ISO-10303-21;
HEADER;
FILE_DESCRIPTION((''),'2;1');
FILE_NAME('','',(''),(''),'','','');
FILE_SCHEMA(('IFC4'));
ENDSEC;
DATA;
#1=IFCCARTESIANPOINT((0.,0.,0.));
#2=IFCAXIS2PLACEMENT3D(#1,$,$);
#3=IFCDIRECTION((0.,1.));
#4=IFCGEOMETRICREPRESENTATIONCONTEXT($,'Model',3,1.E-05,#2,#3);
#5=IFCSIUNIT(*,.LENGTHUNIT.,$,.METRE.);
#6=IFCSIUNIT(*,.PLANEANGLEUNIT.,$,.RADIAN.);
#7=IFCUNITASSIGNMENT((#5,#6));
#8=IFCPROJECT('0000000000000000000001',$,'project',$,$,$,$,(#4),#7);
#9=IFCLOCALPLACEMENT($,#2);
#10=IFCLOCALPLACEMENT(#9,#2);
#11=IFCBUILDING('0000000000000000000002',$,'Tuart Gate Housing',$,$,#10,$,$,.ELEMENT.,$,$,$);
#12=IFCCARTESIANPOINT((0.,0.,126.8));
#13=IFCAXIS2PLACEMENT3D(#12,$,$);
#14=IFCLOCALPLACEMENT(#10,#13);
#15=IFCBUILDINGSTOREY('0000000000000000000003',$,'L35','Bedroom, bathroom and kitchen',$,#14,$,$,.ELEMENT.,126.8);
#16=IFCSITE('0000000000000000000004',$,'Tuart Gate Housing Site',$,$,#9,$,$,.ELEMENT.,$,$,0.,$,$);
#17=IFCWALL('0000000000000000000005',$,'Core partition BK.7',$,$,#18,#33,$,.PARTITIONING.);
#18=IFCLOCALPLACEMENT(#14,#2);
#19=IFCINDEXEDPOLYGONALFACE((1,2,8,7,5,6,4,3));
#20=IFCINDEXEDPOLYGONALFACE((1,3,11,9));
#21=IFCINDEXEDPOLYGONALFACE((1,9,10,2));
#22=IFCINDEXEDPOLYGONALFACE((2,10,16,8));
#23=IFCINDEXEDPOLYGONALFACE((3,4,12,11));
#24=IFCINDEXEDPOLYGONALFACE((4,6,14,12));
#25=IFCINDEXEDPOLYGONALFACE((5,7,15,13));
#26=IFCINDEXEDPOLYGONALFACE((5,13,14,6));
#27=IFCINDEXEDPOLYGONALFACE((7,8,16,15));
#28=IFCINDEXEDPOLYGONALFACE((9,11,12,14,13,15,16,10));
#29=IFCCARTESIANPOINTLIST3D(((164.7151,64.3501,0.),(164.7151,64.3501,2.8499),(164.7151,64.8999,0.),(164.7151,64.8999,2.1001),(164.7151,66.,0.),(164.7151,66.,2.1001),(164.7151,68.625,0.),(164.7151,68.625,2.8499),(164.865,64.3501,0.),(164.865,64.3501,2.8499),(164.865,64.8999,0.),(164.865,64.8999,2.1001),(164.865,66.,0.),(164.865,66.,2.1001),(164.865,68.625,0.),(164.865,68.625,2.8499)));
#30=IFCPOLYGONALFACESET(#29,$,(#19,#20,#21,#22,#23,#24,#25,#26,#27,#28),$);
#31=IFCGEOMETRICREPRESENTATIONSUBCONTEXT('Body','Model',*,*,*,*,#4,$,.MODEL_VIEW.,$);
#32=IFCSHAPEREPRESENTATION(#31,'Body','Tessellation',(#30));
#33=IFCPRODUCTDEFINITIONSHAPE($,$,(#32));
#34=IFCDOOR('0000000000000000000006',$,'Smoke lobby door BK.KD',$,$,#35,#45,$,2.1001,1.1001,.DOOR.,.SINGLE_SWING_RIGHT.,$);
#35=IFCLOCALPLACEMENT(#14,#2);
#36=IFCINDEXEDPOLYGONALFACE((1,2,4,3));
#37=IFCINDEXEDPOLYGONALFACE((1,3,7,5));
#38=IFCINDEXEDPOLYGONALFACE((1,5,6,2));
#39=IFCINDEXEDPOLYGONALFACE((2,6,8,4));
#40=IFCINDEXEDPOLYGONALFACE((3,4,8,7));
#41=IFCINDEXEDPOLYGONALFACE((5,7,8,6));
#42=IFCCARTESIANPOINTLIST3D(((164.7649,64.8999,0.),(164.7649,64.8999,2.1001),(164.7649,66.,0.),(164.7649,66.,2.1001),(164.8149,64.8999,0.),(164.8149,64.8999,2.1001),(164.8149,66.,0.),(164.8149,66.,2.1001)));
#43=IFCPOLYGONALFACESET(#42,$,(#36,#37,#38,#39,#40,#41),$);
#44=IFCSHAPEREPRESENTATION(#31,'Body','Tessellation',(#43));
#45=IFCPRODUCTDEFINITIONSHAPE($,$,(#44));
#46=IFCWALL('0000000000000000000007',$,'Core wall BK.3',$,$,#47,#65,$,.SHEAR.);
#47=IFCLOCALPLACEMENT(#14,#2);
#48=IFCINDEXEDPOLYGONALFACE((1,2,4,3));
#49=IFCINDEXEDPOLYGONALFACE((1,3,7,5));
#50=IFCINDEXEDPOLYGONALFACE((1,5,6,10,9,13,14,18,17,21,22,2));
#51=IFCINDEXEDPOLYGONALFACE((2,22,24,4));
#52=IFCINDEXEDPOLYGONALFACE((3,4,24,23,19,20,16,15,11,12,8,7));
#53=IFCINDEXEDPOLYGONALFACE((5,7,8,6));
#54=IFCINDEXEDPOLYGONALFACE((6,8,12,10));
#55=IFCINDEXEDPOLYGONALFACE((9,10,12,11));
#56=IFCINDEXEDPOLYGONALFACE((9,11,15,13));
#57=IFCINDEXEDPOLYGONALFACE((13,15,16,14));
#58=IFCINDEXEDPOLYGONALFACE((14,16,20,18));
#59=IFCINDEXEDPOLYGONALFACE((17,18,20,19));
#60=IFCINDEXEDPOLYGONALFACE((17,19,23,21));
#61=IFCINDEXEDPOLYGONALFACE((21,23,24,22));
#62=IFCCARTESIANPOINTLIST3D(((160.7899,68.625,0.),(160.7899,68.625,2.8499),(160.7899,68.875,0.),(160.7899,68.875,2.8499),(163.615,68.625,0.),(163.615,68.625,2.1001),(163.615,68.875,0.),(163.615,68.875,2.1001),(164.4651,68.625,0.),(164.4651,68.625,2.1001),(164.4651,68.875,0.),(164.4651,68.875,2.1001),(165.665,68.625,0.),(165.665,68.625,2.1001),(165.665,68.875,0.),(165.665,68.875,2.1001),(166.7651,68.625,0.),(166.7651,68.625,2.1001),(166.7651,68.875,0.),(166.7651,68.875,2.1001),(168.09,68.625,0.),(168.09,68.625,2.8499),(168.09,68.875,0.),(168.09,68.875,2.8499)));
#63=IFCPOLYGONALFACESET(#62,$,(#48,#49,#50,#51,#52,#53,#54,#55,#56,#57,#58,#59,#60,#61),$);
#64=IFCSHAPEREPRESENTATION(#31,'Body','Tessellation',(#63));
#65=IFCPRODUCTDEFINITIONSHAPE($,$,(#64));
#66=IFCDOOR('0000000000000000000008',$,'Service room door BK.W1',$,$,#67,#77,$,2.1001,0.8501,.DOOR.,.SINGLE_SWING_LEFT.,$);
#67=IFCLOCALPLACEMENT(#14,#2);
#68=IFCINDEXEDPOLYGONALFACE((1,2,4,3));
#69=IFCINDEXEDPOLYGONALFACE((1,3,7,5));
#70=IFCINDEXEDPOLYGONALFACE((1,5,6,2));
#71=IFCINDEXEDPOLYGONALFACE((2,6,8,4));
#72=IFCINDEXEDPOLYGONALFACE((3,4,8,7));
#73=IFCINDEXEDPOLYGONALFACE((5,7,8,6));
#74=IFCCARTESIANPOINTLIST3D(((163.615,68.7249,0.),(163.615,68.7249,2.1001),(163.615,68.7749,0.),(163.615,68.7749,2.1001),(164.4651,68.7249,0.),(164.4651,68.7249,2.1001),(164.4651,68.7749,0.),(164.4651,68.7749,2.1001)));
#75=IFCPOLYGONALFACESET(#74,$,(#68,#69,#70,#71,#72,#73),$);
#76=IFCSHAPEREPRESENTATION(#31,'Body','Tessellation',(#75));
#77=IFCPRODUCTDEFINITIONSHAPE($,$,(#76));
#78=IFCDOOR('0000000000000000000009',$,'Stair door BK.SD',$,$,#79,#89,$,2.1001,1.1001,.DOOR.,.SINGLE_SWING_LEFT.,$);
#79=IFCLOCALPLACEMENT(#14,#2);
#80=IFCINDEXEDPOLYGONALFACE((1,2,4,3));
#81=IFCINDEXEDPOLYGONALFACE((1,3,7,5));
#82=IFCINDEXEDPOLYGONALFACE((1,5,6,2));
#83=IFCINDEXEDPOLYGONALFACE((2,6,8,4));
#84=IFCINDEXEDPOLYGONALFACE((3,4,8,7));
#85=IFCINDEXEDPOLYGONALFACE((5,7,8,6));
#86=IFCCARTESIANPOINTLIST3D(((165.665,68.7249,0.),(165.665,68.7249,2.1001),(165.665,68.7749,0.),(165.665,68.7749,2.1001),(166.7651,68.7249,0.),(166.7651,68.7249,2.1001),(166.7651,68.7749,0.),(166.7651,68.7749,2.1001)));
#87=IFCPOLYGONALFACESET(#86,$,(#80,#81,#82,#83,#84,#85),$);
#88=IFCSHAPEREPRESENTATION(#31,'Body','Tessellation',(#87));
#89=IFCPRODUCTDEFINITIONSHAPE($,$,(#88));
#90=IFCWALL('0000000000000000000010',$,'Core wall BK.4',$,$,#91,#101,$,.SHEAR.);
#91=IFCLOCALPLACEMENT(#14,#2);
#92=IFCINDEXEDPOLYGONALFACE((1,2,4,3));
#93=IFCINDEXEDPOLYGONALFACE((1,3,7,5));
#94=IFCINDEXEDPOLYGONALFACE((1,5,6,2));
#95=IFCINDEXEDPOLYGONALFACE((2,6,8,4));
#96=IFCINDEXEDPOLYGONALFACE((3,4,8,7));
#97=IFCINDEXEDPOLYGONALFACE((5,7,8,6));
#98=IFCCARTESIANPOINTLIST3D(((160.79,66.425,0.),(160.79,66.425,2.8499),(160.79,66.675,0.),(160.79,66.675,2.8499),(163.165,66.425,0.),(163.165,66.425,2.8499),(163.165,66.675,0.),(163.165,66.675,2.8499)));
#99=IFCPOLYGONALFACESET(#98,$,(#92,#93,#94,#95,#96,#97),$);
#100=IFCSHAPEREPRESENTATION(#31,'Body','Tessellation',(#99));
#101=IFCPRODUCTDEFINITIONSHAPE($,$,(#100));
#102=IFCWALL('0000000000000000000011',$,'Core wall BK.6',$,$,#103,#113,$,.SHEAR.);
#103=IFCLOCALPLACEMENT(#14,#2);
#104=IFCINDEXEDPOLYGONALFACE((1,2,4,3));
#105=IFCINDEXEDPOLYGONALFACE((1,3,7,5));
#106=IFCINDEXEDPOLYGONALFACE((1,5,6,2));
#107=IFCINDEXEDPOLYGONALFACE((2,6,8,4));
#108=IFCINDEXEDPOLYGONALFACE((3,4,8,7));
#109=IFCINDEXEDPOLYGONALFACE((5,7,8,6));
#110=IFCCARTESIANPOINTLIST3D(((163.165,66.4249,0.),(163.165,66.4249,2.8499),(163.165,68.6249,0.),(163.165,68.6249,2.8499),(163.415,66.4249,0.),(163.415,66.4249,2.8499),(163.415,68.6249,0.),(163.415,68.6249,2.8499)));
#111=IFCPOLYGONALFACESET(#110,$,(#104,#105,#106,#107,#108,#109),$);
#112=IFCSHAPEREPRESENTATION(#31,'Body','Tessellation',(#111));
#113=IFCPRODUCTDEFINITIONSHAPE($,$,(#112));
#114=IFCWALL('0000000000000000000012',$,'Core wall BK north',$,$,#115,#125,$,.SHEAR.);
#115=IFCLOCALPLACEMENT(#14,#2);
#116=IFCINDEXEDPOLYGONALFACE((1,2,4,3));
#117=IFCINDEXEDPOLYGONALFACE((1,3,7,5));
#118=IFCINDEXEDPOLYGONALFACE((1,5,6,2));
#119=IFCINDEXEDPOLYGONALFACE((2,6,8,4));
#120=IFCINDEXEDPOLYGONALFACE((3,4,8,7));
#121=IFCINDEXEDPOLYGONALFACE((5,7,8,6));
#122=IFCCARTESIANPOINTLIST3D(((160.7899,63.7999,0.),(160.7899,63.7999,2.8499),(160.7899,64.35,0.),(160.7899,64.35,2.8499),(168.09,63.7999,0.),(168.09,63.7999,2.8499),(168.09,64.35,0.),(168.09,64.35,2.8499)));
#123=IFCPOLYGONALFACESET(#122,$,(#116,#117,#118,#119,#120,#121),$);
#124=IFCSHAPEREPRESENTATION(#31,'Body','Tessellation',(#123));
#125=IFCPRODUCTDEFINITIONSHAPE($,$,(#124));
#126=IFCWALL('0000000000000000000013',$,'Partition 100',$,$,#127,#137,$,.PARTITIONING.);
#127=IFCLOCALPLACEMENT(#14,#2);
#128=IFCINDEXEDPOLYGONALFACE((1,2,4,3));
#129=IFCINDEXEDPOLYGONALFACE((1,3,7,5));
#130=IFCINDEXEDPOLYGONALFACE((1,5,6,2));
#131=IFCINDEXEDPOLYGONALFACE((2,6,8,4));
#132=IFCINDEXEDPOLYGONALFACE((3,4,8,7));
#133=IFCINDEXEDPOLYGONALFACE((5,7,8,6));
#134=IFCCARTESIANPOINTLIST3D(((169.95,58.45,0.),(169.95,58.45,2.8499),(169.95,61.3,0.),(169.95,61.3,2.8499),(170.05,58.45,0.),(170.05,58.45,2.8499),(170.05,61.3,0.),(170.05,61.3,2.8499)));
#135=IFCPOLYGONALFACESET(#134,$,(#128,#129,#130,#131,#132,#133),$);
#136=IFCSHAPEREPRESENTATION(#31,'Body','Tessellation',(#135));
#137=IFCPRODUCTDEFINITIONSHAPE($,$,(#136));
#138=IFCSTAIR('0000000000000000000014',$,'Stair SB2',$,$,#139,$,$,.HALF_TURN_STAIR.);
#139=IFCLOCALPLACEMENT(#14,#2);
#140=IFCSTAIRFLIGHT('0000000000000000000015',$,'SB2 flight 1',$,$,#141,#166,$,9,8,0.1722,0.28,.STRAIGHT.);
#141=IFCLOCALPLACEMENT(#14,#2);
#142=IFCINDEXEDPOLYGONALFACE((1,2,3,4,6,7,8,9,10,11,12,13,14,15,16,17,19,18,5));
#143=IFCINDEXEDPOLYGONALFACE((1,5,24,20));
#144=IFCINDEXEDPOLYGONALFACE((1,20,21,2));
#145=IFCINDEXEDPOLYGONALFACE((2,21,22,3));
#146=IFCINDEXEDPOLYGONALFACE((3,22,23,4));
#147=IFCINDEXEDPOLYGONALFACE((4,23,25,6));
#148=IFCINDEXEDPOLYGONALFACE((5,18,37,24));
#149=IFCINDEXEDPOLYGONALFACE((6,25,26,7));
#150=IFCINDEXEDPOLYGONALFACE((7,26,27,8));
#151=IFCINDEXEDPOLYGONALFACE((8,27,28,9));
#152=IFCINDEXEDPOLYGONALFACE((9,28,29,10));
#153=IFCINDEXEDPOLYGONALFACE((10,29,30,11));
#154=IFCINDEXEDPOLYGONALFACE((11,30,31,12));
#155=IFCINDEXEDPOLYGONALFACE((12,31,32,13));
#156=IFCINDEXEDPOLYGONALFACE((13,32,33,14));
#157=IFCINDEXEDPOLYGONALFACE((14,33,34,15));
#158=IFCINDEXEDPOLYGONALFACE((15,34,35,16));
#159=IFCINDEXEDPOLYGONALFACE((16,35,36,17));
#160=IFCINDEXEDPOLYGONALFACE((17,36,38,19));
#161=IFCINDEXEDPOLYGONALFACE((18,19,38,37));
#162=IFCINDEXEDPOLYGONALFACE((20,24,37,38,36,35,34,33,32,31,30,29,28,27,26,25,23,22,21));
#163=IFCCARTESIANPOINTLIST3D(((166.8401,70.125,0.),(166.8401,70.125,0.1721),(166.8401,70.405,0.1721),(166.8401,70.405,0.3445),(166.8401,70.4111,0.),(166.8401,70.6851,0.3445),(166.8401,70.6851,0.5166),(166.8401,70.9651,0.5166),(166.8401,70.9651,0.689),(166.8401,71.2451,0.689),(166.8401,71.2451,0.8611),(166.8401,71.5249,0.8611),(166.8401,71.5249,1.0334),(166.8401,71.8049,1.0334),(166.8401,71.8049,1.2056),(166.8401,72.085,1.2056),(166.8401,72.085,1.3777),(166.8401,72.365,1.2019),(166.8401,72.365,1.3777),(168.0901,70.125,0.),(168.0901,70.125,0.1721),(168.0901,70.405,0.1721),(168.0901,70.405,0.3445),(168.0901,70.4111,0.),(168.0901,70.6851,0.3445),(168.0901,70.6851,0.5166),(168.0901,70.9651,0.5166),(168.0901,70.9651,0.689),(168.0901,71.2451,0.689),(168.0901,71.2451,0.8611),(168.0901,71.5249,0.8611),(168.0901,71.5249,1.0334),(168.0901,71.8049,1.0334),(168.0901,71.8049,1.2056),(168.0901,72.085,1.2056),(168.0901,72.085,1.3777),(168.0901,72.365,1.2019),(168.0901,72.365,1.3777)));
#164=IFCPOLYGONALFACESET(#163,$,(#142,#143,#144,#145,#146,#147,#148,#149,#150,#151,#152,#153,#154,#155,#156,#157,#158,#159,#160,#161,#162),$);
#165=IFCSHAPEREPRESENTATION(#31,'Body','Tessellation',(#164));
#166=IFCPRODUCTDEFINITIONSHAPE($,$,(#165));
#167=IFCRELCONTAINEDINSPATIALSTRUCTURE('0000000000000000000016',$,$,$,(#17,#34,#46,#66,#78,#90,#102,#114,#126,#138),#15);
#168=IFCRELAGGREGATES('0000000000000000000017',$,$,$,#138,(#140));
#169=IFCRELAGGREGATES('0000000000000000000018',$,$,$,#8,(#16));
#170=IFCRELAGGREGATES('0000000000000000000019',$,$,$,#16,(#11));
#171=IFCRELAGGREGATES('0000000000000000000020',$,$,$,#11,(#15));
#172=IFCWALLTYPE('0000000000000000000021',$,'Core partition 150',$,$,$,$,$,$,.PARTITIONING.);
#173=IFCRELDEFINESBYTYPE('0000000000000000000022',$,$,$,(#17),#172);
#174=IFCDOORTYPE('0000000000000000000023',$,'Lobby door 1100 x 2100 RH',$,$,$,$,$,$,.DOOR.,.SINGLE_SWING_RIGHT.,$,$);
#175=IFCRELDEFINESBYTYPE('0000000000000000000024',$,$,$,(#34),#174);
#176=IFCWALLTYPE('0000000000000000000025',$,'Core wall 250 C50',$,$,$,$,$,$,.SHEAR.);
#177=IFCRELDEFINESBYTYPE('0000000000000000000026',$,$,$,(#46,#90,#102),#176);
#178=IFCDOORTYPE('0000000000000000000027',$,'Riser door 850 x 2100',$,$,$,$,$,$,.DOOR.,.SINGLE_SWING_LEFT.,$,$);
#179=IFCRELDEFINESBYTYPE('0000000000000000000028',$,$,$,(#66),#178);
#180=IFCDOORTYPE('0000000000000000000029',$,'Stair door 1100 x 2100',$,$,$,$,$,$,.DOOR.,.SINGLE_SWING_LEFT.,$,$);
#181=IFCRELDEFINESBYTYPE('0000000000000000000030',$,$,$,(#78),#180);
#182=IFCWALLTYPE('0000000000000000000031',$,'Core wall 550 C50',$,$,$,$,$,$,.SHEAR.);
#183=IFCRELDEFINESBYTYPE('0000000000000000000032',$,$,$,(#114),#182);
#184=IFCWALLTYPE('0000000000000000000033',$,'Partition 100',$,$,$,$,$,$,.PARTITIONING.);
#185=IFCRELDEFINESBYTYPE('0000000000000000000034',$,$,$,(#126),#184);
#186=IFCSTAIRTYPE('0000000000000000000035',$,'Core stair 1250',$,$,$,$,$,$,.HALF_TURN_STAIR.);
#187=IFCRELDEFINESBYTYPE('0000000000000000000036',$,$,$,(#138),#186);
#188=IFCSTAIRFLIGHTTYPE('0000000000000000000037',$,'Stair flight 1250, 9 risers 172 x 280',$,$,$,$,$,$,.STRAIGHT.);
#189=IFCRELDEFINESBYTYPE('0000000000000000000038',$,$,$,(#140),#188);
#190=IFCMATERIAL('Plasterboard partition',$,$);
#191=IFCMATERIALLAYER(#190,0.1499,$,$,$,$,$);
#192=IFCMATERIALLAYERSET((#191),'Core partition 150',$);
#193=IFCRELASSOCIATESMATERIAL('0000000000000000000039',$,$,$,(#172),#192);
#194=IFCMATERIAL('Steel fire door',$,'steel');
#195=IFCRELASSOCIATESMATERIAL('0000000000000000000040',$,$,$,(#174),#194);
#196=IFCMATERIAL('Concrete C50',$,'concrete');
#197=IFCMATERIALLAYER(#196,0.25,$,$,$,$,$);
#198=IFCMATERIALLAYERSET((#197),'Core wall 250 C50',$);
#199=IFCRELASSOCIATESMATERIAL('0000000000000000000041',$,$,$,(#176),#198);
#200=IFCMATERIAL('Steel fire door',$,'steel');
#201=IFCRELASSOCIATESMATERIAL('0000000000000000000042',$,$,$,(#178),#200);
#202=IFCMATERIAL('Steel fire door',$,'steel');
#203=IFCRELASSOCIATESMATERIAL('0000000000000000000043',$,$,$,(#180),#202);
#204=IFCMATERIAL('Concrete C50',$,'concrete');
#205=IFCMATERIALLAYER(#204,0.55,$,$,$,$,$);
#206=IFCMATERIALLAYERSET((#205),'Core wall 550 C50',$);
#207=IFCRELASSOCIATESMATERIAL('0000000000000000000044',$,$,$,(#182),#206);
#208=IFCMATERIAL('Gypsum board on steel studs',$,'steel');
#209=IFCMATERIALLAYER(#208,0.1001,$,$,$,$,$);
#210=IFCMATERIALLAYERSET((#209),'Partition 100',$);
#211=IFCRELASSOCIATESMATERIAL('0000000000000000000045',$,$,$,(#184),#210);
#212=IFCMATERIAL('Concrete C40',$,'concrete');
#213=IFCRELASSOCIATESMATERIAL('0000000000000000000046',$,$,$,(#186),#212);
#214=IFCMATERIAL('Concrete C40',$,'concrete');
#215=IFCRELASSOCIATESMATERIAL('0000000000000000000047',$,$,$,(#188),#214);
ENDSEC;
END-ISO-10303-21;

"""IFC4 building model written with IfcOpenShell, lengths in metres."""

from ifc_helpers import new_model, si_unit, direction, frame, frame_2d, origin, place, context, subcontext, project, spatial, polyline, rectangle, outline, extrude, material, layer, layer_set, type_object, element, fill, aggregate, save


model = new_model("IFC4")

# Units and contexts
model_context = context("Model", 3, precision=1e-05, world=origin(), true_north=direction((0.0, 1.0)))
body_context = subcontext(model_context, "Body", "Model", "MODEL_VIEW")
ifc_project = project(units=[si_unit("LENGTHUNIT", "METRE"), si_unit("PLANEANGLEUNIT", "RADIAN")], contexts=[model_context])

# Site, building, storey
site_placement = place(None, origin())
site = spatial("IfcSite", under=ifc_project, at=site_placement, Name="Tuart Gate Housing Site", CompositionType="ELEMENT", RefElevation=0.0)
building_placement = place(site_placement, origin())
building = spatial("IfcBuilding", under=site, at=building_placement, Name="Tuart Gate Housing", CompositionType="ELEMENT")
storey_placement = place(building_placement, frame((0.0, 0.0, 126.8)))
storey = spatial("IfcBuildingStorey", under=building, at=storey_placement, Name="L35", Description="Bedroom, bathroom and kitchen", CompositionType="ELEMENT", Elevation=126.8)

# Wall, opening, door
ifc_material_1 = material(Name="Plasterboard partition")
ifc_layer_1 = layer(ifc_material_1, 0.1499)
ifc_layer_set_1 = layer_set([ifc_layer_1], Name="Core partition 150")
wall_type_1 = type_object("IfcWallType", Name="Core partition 150", PredefinedType="PARTITIONING", material=ifc_layer_set_1)
wall_1_placement = place(storey_placement, frame((164.79, 68.625, 0.0), z_axis=(0.0, 0.0, 1.0), x_axis=(0.0, -1.0, 0.0)))
wall_1 = element("IfcWall", 1, at=wall_1_placement, inside=storey, type_object=wall_type_1, Name="Core partition BK.7", PredefinedType="PARTITIONING", context=body_context, shape_type="SweptSolid", body=[
    extrude(rectangle(XDim=4.2749, YDim=0.1499, at=frame_2d((2.1375, 0.0))), origin(), (0.0, 0.0, 1.0), 2.8499),
])
opening_1_placement = place(wall_1_placement, frame((2.625, 0.0, 0.0)))
opening_1 = element("IfcOpeningElement", 2, at=opening_1_placement, cuts=wall_1, PredefinedType="OPENING", context=body_context, shape_type="SweptSolid", body=[
    extrude(rectangle(XDim=1.1001, YDim=2.1001, at=frame_2d((0.55, 1.05))), frame((0.0, 0.085, 0.0), z_axis=(0.0, -1.0, 0.0), x_axis=(1.0, 0.0, 0.0)), (0.0, 0.0, 1.0), 0.1699),
])
ifc_material_2 = material(Name="Steel fire door", Category="steel")
door_type_1 = type_object("IfcDoorType", Name="Lobby door 1100 x 2100 RH", OperationType="SINGLE_SWING_RIGHT", PredefinedType="DOOR", material=ifc_material_2)
door_1_placement = place(opening_1_placement, origin())
door_1 = element("IfcDoor", 3, at=door_1_placement, inside=storey, type_object=door_type_1, Name="Smoke lobby door BK.KD", OperationType="SINGLE_SWING_RIGHT", OverallHeight=2.1001, OverallWidth=1.1001, PredefinedType="DOOR", context=body_context, shape_type="SweptSolid", body=[
    extrude(rectangle(XDim=1.1001, YDim=2.1001, at=frame_2d((0.55, 1.05))), frame((0.0, 0.0249, 0.0), z_axis=(0.0, -1.0, 0.0), x_axis=(1.0, 0.0, 0.0)), (0.0, 0.0, 1.0), 0.05),
])
fill(opening_1, door_1)

# Wall, openings, doors
ifc_material_3 = material(Name="Concrete C50", Category="concrete")
ifc_layer_2 = layer(ifc_material_3, 0.25)
ifc_layer_set_2 = layer_set([ifc_layer_2], Name="Core wall 250 C50")
wall_type_2 = type_object("IfcWallType", Name="Core wall 250 C50", PredefinedType="SHEAR", material=ifc_layer_set_2)
wall_2_placement = place(storey_placement, frame((160.79, 68.75, 0.0), z_axis=(0.0, 0.0, 1.0), x_axis=(1.0, 0.0, 0.0)))
wall_2 = element("IfcWall", 4, at=wall_2_placement, inside=storey, type_object=wall_type_2, Name="Core wall BK.3", PredefinedType="SHEAR", context=body_context, shape_type="SweptSolid", body=[
    extrude(rectangle(XDim=7.3, YDim=0.25, at=frame_2d((3.6499, 0.0))), origin(), (0.0, 0.0, 1.0), 2.8499),
])
opening_2_placement = place(wall_2_placement, frame((4.875, 0.0, 0.0)))
opening_2 = element("IfcOpeningElement", 5, at=opening_2_placement, cuts=wall_2, PredefinedType="OPENING", context=body_context, shape_type="SweptSolid", body=[
    extrude(rectangle(XDim=1.1001, YDim=2.1001, at=frame_2d((0.55, 1.05))), frame((0.0, 0.135, 0.0), z_axis=(0.0, -1.0, 0.0), x_axis=(1.0, 0.0, 0.0)), (0.0, 0.0, 1.0), 0.27),
])
opening_3_placement = place(wall_2_placement, frame((2.825, 0.0, 0.0)))
opening_3 = element("IfcOpeningElement", 6, at=opening_3_placement, cuts=wall_2, PredefinedType="OPENING", context=body_context, shape_type="SweptSolid", body=[
    extrude(rectangle(XDim=0.8501, YDim=2.1001, at=frame_2d((0.425, 1.05))), frame((0.0, 0.135, 0.0), z_axis=(0.0, -1.0, 0.0), x_axis=(1.0, 0.0, 0.0)), (0.0, 0.0, 1.0), 0.27),
])
ifc_material_4 = material(Name="Steel fire door", Category="steel")
door_type_2 = type_object("IfcDoorType", Name="Riser door 850 x 2100", OperationType="SINGLE_SWING_LEFT", PredefinedType="DOOR", material=ifc_material_4)
door_2_placement = place(opening_3_placement, origin())
door_2 = element("IfcDoor", 7, at=door_2_placement, inside=storey, type_object=door_type_2, Name="Service room door BK.W1", OperationType="SINGLE_SWING_LEFT", OverallHeight=2.1001, OverallWidth=0.8501, PredefinedType="DOOR", context=body_context, shape_type="SweptSolid", body=[
    extrude(rectangle(XDim=0.8501, YDim=2.1001, at=frame_2d((0.425, 1.05))), frame((0.0, 0.0249, 0.0), z_axis=(0.0, -1.0, 0.0), x_axis=(1.0, 0.0, 0.0)), (0.0, 0.0, 1.0), 0.05),
])
fill(opening_3, door_2)
ifc_material_5 = material(Name="Steel fire door", Category="steel")
door_type_3 = type_object("IfcDoorType", Name="Stair door 1100 x 2100", OperationType="SINGLE_SWING_LEFT", PredefinedType="DOOR", material=ifc_material_5)
door_3_placement = place(opening_2_placement, origin())
door_3 = element("IfcDoor", 8, at=door_3_placement, inside=storey, type_object=door_type_3, Name="Stair door BK.SD", OperationType="SINGLE_SWING_LEFT", OverallHeight=2.1001, OverallWidth=1.1001, PredefinedType="DOOR", context=body_context, shape_type="SweptSolid", body=[
    extrude(rectangle(XDim=1.1001, YDim=2.1001, at=frame_2d((0.55, 1.05))), frame((0.0, 0.0249, 0.0), z_axis=(0.0, -1.0, 0.0), x_axis=(1.0, 0.0, 0.0)), (0.0, 0.0, 1.0), 0.05),
])
fill(opening_2, door_3)

# Walls
wall_3_placement = place(storey_placement, frame((160.79, 66.55, 0.0), z_axis=(0.0, 0.0, 1.0), x_axis=(1.0, 0.0, 0.0)))
element("IfcWall", 9, at=wall_3_placement, inside=storey, type_object=wall_type_2, Name="Core wall BK.4", PredefinedType="SHEAR", context=body_context, shape_type="SweptSolid", body=[
    extrude(rectangle(XDim=2.375, YDim=0.25, at=frame_2d((1.1875, 0.0))), origin(), (0.0, 0.0, 1.0), 2.8499),
])
wall_4_placement = place(storey_placement, frame((163.29, 68.625, 0.0), z_axis=(0.0, 0.0, 1.0), x_axis=(0.0, -1.0, 0.0)))
element("IfcWall", 10, at=wall_4_placement, inside=storey, type_object=wall_type_2, Name="Core wall BK.6", PredefinedType="SHEAR", context=body_context, shape_type="SweptSolid", body=[
    extrude(rectangle(XDim=2.2, YDim=0.25, at=frame_2d((1.1001, 0.0))), origin(), (0.0, 0.0, 1.0), 2.8499),
])
ifc_material_6 = material(Name="Concrete C50", Category="concrete")
ifc_layer_3 = layer(ifc_material_6, 0.55)
ifc_layer_set_3 = layer_set([ifc_layer_3], Name="Core wall 550 C50")
wall_type_3 = type_object("IfcWallType", Name="Core wall 550 C50", PredefinedType="SHEAR", material=ifc_layer_set_3)
wall_5_placement = place(storey_placement, frame((160.79, 64.075, 0.0), z_axis=(0.0, 0.0, 1.0), x_axis=(1.0, 0.0, 0.0)))
element("IfcWall", 11, at=wall_5_placement, inside=storey, type_object=wall_type_3, Name="Core wall BK north", PredefinedType="SHEAR", context=body_context, shape_type="SweptSolid", body=[
    extrude(rectangle(XDim=7.3, YDim=0.55, at=frame_2d((3.6499, 0.0))), origin(), (0.0, 0.0, 1.0), 2.8499),
])
ifc_material_7 = material(Name="Gypsum board on steel studs", Category="steel")
ifc_layer_4 = layer(ifc_material_7, 0.1001)
ifc_layer_set_4 = layer_set([ifc_layer_4], Name="Partition 100")
wall_type_4 = type_object("IfcWallType", Name="Partition 100", PredefinedType="PARTITIONING", material=ifc_layer_set_4)
wall_6_placement = place(storey_placement, frame((170.0, 58.45, 0.0), z_axis=(0.0, 0.0, 1.0), x_axis=(0.0, 1.0, 0.0)))
element("IfcWall", 12, at=wall_6_placement, inside=storey, type_object=wall_type_4, Name="Partition 100", PredefinedType="PARTITIONING", context=body_context, shape_type="SweptSolid", body=[
    extrude(rectangle(XDim=2.8501, YDim=0.1001, at=frame_2d((1.425, 0.0))), origin(), (0.0, 0.0, 1.0), 2.8499),
])

# Stair, stair flight
ifc_material_8 = material(Name="Concrete C40", Category="concrete")
stair_type = type_object("IfcStairType", Name="Core stair 1250", PredefinedType="HALF_TURN_STAIR", material=ifc_material_8)
stair_placement = place(storey_placement, origin())
stair = element("IfcStair", 13, at=stair_placement, inside=storey, type_object=stair_type, Name="Stair SB2", PredefinedType="HALF_TURN_STAIR")
ifc_material_9 = material(Name="Concrete C40", Category="concrete")
stair_flight_type = type_object("IfcStairFlightType", Name="Stair flight 1250, 9 risers 172 x 280", PredefinedType="STRAIGHT", material=ifc_material_9)
stair_flight_placement = place(storey_placement, frame((167.4651, 70.125, 0.0), z_axis=(0.0, 0.0, 1.0), x_axis=(0.0, 1.0, 0.0)))
stair_flight = element("IfcStairFlight", 14, at=stair_flight_placement, type_object=stair_flight_type, Name="SB2 flight 1", NumberOfRisers=9, NumberOfTreads=8, PredefinedType="STRAIGHT", RiserHeight=0.1722, TreadLength=0.28, context=body_context, shape_type="SweptSolid", body=[
    extrude(outline(polyline([(0.0, 0.0), (0.0, 0.1721), (0.28, 0.1721), (0.28, 0.3445), (0.5601, 0.3445), (0.5601, 0.5166), (0.8401, 0.5166), (0.8401, 0.689), (1.1201, 0.689), (1.1201, 0.8611), (1.3999, 0.8611), (1.3999, 1.0334), (1.6799, 1.0334), (1.6799, 1.2056), (1.96, 1.2056), (1.96, 1.3777), (2.24, 1.3777), (2.24, 1.55), (2.24, 1.2019), (0.2861, 0.0), (0.0, 0.0)])), frame((0.0, 0.625, 0.0), z_axis=(0.0, -1.0, 0.0), x_axis=(1.0, 0.0, 0.0)), (0.0, 0.0, 1.0), 1.25),
])
aggregate(stair, [stair_flight])

save(model, "model.ifc")
